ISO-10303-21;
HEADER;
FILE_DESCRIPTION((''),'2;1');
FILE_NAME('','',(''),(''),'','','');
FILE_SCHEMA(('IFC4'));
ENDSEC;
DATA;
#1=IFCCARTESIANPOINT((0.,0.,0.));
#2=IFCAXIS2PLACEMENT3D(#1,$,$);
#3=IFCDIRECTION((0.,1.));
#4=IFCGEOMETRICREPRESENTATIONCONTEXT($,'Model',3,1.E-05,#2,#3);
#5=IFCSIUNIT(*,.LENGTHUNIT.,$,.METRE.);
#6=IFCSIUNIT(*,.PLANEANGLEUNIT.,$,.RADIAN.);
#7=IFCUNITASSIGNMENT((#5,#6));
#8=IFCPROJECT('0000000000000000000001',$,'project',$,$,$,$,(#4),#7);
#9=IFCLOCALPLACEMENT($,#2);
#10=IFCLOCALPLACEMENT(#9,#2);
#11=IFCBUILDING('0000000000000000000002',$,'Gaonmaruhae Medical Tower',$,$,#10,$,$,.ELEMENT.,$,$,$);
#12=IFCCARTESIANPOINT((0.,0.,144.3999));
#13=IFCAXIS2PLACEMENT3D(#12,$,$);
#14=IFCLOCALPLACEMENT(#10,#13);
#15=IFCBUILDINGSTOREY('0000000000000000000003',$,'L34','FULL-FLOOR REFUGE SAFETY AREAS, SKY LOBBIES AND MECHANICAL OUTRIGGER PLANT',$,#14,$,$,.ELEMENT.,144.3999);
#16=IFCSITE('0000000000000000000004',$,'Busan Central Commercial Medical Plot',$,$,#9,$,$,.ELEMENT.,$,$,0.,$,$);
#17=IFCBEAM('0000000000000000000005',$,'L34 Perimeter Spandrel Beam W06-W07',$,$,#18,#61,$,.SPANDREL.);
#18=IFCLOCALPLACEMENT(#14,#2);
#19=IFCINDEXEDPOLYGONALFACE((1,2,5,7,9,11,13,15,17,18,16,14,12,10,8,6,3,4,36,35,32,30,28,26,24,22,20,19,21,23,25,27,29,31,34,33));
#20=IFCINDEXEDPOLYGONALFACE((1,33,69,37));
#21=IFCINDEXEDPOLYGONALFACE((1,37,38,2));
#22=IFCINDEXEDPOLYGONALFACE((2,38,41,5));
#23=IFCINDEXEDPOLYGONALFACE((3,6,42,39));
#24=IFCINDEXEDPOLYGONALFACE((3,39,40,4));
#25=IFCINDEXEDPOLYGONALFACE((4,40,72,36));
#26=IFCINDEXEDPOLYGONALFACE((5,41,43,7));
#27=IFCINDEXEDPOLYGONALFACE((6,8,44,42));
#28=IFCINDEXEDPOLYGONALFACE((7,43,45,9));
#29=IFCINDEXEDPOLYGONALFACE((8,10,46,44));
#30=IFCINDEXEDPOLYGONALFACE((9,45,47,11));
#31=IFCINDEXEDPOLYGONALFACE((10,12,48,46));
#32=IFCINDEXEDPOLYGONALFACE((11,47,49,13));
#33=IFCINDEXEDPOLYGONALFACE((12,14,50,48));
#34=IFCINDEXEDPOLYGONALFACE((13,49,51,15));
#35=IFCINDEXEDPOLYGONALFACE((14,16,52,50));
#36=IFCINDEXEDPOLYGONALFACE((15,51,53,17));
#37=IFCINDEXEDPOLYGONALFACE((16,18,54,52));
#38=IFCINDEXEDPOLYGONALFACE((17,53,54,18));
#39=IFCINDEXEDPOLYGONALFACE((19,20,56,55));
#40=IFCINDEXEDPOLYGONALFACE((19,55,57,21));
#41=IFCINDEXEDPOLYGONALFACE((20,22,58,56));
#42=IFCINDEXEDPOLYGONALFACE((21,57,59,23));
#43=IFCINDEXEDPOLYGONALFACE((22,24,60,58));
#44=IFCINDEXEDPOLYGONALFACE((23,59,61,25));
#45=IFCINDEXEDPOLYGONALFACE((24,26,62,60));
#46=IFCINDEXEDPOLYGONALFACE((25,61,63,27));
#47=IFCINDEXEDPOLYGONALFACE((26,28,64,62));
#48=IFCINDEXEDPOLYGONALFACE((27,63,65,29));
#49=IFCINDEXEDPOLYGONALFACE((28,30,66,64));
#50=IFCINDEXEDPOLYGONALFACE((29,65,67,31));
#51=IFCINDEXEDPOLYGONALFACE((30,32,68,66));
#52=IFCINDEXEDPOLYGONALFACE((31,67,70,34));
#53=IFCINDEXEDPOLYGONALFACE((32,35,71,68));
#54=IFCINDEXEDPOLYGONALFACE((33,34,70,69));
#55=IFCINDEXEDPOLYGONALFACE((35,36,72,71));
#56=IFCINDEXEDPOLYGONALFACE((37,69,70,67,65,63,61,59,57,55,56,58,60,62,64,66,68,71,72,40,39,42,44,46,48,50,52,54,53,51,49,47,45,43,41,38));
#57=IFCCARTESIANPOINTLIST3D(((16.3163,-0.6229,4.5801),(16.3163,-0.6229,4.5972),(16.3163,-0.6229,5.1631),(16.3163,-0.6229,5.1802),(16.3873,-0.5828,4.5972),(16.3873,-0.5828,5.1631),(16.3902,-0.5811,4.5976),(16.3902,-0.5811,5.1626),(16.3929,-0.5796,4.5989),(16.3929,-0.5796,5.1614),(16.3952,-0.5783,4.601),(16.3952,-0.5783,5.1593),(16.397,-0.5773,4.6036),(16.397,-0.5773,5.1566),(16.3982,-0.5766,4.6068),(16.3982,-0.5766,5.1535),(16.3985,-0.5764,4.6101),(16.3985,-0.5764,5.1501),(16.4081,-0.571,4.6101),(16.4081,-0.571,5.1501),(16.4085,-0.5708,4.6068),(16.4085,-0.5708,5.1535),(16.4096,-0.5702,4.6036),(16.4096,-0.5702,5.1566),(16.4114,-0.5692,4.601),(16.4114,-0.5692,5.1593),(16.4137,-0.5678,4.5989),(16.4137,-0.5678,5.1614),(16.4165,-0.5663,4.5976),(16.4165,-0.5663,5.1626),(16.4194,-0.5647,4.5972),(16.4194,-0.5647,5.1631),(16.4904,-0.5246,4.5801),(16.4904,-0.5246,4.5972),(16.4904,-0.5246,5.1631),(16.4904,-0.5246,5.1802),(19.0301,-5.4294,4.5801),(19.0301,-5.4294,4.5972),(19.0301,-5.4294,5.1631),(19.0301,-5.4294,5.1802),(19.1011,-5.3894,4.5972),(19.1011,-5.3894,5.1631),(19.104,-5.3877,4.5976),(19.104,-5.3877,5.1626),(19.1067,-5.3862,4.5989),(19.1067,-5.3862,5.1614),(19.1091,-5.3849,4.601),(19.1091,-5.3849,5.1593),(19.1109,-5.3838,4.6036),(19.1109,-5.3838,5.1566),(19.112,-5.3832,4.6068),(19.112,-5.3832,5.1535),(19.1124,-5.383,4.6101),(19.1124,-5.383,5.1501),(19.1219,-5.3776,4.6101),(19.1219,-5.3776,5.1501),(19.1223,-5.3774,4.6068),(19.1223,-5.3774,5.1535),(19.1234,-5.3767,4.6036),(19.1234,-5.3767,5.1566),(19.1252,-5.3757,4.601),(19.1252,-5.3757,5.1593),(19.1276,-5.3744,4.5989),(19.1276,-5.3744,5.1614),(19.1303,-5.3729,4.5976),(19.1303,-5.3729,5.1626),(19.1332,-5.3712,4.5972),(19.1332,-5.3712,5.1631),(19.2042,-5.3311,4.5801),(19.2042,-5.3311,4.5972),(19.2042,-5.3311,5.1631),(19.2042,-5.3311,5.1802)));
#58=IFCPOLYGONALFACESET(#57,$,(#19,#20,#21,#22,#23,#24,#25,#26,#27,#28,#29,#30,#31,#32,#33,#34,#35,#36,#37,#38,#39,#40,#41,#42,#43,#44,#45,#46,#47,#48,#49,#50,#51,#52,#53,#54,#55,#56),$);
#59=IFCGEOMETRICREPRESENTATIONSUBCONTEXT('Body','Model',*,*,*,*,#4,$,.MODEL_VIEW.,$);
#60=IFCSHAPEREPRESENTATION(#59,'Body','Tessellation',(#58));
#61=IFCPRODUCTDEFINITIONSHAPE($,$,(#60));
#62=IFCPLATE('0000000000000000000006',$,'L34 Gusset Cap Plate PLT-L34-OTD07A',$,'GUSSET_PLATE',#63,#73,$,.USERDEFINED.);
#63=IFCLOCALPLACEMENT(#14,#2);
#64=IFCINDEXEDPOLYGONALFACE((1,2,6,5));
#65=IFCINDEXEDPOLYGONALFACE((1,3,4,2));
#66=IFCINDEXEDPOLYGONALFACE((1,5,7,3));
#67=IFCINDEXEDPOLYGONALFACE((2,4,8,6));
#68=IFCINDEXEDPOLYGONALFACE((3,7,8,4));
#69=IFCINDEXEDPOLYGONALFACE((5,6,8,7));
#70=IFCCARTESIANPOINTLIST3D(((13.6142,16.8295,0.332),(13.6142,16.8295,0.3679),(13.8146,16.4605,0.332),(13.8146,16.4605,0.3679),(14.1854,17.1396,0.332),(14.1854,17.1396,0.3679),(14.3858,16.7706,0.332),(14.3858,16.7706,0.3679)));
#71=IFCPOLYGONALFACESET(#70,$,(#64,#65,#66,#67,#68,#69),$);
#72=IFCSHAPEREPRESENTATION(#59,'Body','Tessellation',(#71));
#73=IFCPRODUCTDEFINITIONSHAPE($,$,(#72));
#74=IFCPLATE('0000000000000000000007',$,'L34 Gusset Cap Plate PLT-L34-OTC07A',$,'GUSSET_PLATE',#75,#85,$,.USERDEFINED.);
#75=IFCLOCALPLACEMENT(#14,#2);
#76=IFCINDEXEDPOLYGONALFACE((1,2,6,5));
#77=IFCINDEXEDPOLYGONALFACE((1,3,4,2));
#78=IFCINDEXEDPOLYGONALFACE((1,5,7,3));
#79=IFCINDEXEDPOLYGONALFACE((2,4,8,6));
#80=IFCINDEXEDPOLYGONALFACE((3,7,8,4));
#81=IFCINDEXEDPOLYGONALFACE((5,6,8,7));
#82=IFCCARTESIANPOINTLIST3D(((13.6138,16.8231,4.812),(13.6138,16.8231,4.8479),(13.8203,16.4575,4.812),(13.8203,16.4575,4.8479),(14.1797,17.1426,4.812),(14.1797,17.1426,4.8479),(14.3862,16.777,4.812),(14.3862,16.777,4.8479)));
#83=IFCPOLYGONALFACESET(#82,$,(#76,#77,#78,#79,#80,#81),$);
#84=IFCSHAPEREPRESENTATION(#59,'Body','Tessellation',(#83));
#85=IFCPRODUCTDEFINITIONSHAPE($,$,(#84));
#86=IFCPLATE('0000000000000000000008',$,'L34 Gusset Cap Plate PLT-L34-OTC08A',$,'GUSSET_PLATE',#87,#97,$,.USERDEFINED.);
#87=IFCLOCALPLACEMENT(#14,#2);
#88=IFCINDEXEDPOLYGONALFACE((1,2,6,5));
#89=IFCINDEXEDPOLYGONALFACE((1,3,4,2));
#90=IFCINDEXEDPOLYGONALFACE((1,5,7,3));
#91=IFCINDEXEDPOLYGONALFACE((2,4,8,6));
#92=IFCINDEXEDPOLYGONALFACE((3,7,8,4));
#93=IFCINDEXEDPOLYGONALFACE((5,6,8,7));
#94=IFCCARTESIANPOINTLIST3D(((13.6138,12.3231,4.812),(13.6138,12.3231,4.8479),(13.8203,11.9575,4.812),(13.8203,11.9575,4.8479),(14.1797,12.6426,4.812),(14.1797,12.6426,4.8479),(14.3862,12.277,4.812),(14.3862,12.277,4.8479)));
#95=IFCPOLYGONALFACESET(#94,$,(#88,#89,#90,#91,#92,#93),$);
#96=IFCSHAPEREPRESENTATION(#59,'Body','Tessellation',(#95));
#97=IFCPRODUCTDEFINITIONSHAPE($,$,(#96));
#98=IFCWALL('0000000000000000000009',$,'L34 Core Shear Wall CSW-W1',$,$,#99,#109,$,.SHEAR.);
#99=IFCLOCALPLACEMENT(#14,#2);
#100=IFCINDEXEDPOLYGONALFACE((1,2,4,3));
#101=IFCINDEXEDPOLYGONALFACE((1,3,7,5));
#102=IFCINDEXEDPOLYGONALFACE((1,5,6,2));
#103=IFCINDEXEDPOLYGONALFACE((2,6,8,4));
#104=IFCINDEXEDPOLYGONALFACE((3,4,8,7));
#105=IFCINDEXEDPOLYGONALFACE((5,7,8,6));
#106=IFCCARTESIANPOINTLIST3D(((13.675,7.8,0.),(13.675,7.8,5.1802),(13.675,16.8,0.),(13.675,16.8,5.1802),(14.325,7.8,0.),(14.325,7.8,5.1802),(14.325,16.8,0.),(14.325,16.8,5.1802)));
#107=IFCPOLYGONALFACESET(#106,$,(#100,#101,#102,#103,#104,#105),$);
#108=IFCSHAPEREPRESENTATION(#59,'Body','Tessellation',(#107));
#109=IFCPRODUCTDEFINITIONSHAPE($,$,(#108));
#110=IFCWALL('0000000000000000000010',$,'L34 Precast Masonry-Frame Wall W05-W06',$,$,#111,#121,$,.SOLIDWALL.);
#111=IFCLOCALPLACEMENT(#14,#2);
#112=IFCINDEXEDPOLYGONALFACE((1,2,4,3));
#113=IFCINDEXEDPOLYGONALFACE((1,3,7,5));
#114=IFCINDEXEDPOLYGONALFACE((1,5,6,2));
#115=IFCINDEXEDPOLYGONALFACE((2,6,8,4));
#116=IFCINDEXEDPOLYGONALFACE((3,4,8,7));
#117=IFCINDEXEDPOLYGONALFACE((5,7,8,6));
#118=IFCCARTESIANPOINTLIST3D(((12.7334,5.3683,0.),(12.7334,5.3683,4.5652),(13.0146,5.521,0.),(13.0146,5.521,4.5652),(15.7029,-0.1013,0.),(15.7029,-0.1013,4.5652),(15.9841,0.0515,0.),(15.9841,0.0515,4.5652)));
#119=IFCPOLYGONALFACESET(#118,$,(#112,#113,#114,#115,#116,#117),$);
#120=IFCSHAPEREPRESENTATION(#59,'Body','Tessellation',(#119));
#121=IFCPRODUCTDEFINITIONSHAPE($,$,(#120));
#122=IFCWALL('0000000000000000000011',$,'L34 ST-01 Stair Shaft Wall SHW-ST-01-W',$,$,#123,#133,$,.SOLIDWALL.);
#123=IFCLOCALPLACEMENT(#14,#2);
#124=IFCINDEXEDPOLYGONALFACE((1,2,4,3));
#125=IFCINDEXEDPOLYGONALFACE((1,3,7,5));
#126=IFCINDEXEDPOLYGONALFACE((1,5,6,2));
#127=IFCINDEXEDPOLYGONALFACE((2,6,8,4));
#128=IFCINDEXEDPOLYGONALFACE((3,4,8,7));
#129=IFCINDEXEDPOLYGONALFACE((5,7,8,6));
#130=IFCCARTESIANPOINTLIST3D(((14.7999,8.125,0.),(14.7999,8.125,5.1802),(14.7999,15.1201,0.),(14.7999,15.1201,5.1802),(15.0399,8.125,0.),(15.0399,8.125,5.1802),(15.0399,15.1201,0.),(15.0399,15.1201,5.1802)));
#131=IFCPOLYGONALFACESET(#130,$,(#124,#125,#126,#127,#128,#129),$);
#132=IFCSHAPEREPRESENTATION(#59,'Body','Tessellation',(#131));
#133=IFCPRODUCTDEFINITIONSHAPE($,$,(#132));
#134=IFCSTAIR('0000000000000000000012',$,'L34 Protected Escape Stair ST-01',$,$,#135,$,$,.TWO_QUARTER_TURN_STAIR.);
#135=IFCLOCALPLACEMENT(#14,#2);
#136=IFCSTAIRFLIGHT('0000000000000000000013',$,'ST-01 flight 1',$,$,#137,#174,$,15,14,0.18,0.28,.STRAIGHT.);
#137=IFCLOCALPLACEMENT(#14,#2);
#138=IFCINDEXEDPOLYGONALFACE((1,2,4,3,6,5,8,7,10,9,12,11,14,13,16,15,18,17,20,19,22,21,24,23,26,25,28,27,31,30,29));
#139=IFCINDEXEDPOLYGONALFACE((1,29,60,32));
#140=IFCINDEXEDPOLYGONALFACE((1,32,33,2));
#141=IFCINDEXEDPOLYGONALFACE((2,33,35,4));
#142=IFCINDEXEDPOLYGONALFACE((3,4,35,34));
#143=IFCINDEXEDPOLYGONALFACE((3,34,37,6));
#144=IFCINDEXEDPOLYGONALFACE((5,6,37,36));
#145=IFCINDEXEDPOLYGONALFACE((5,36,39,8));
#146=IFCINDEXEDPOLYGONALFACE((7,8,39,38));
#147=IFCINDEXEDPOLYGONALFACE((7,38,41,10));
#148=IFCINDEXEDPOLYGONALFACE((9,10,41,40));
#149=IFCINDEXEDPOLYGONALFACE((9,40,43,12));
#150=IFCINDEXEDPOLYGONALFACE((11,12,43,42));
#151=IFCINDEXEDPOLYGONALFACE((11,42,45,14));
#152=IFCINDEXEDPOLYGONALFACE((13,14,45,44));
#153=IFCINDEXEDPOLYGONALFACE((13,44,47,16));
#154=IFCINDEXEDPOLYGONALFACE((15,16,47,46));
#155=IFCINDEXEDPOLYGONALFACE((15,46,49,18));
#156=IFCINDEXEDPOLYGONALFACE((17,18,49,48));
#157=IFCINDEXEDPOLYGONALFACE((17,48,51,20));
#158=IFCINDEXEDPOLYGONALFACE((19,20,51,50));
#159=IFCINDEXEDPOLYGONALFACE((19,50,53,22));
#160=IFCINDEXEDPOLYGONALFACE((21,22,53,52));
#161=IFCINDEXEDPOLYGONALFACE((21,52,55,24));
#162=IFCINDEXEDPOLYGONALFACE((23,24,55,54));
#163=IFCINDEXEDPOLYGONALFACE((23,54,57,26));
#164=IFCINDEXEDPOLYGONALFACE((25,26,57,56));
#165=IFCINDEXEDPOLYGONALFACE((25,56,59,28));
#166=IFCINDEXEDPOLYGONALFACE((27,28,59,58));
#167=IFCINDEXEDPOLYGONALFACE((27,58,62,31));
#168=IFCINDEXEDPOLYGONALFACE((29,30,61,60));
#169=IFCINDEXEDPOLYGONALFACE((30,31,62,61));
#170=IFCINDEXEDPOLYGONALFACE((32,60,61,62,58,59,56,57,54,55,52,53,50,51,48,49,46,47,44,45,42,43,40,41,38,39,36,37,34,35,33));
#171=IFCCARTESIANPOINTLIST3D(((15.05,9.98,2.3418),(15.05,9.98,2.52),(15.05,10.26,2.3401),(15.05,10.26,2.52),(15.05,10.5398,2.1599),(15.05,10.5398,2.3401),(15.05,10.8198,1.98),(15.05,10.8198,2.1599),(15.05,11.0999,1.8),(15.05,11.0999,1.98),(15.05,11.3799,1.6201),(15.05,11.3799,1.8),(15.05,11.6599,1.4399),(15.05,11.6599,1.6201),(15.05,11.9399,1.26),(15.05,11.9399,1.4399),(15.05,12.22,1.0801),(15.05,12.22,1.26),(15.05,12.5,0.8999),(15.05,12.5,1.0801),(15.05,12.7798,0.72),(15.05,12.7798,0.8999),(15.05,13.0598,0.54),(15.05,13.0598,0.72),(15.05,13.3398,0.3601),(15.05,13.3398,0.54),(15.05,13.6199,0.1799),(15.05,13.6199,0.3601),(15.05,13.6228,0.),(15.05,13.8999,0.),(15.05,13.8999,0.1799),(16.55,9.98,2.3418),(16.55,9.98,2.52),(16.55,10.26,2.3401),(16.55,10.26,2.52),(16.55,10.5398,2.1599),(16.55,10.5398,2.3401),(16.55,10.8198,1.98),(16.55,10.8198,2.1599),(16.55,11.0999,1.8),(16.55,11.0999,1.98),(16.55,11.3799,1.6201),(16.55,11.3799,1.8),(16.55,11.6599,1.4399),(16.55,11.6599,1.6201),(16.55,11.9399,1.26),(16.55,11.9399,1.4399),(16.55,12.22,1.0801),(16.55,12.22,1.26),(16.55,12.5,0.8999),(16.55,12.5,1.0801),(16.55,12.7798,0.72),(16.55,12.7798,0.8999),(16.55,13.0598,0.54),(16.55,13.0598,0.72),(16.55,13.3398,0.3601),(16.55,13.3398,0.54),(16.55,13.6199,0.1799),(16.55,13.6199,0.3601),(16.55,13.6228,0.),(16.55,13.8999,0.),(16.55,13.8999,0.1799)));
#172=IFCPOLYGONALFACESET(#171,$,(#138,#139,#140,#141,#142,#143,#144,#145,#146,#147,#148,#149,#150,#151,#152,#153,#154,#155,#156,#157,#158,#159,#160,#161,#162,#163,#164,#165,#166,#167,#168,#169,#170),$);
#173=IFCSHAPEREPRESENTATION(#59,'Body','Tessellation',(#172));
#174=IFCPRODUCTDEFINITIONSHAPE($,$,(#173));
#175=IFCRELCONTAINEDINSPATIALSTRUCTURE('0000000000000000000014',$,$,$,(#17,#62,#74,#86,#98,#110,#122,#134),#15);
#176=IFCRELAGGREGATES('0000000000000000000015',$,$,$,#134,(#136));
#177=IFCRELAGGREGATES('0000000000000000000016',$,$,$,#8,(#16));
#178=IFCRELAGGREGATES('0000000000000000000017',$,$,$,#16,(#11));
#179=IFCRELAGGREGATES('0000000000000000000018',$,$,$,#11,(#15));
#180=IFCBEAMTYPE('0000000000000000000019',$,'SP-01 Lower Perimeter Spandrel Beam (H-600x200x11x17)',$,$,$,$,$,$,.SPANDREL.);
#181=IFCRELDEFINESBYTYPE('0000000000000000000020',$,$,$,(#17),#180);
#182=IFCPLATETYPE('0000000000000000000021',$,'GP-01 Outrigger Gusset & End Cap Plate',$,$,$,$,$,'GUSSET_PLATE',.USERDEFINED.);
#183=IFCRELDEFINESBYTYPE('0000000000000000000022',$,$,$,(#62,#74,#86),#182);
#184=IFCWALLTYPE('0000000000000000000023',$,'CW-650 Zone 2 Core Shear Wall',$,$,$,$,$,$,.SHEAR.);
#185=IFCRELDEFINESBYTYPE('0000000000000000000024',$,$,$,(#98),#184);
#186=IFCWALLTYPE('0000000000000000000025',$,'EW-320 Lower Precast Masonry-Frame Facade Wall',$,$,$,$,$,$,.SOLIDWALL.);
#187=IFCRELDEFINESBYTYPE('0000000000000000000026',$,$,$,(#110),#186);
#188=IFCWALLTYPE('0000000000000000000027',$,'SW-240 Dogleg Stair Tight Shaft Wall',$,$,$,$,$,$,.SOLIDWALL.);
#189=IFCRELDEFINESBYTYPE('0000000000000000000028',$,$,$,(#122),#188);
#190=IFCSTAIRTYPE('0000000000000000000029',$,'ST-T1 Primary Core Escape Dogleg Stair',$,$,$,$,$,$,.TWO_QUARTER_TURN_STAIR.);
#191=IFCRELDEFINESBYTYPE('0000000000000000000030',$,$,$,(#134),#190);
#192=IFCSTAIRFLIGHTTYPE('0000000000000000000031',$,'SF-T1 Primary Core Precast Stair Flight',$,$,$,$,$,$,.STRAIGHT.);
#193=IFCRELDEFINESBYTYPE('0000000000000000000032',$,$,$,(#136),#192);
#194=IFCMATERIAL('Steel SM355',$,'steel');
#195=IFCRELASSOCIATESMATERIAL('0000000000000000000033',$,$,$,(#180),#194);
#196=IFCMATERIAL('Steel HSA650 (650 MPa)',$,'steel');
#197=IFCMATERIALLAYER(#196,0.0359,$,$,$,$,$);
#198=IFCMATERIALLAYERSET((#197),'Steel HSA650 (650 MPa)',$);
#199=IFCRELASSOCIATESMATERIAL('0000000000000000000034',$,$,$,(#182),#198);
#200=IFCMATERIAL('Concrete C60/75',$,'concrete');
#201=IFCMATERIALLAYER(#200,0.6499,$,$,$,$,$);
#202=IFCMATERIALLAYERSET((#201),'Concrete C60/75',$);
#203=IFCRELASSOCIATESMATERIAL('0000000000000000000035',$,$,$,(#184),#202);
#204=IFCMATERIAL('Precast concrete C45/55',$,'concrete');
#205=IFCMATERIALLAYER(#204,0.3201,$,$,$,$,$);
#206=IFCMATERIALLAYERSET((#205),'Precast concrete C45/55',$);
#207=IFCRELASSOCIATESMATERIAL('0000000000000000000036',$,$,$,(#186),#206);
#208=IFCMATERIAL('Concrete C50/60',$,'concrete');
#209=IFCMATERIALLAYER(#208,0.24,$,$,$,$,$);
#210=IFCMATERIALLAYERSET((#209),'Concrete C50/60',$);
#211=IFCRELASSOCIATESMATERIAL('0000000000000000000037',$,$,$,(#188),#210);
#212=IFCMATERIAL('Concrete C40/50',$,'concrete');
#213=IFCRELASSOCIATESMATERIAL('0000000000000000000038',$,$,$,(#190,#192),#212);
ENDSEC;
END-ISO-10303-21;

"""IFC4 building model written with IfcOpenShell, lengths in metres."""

from ifc_helpers import new_model, si_unit, direction, frame, frame_2d, origin, origin_2d, place, context, subcontext, project, spatial, polyline, rectangle, i_section, outline, extrude, material, layer, layer_set, material_profile, profile_set, type_object, element, aggregate, save


model = new_model("IFC4")

# Units and contexts
model_context = context("Model", 3, precision=1e-05, world=origin(), true_north=direction((0.0, 1.0)))
body_context = subcontext(model_context, "Body", "Model", "MODEL_VIEW")
ifc_project = project(units=[si_unit("LENGTHUNIT", "METRE"), si_unit("PLANEANGLEUNIT", "RADIAN")], contexts=[model_context])

# Site, building, storey
site_placement = place(None, origin())
site = spatial("IfcSite", under=ifc_project, at=site_placement, Name="Busan Central Commercial Medical Plot", CompositionType="ELEMENT", RefElevation=0.0)
building_placement = place(site_placement, origin())
building = spatial("IfcBuilding", under=site, at=building_placement, Name="Gaonmaruhae Medical Tower", CompositionType="ELEMENT")
storey_placement = place(building_placement, frame((0.0, 0.0, 144.3999)))
storey = spatial("IfcBuildingStorey", under=building, at=storey_placement, Name="L34", Description="FULL-FLOOR REFUGE SAFETY AREAS, SKY LOBBIES AND MECHANICAL OUTRIGGER PLANT", CompositionType="ELEMENT", Elevation=144.3999)

# Shared definitions
ifc_material_1 = material(Name="Steel HSA650 (650 MPa)", Category="steel")
ifc_material_2 = material(Name="Concrete C60/75", Category="concrete")

# Beam
ifc_material_3 = material(Name="Steel SM355", Category="steel")
ifc_material_profile_1 = material_profile(ifc_material_3, i_section(OverallWidth=0.2, OverallDepth=0.6001, WebThickness=0.011, FlangeThickness=0.0171, FilletRadius=0.0129, at=origin_2d()), Name="H-600x200x11x17")
ifc_profile_set_1 = profile_set([ifc_material_profile_1], Name="Steel SM355")
beam_type_1 = type_object("IfcBeamType", Name="SP-01 Lower Perimeter Spandrel Beam (H-600x200x11x17)", PredefinedType="SPANDREL", material=ifc_profile_set_1)
beam_1_placement = place(storey_placement, frame((16.4033, -0.5737, 4.8801), z_axis=(0.491655, -0.87079, 0.0), x_axis=(0.87079, 0.491655, 0.0)))
element("IfcBeam", 1, at=beam_1_placement, inside=storey, type_object=beam_type_1, Name="L34 Perimeter Spandrel Beam W06-W07", PredefinedType="SPANDREL", context=body_context, shape_type="SweptSolid", body=[
    extrude(i_section(OverallWidth=0.2, OverallDepth=0.6001, WebThickness=0.011, FlangeThickness=0.0171, FilletRadius=0.0129, at=origin_2d()), origin(), (0.0, 0.0, 1.0), 5.5198),
])

# Plates
ifc_layer_1 = layer(ifc_material_1, 0.0359)
ifc_layer_set_1 = layer_set([ifc_layer_1], Name="Steel HSA650 (650 MPa)")
plate_type = type_object("IfcPlateType", Name="GP-01 Outrigger Gusset & End Cap Plate", ElementType="GUSSET_PLATE", PredefinedType="USERDEFINED", material=ifc_layer_set_1)
for number, where, z_axis, x_axis, name in (
    (2, (14.0, 16.8, 0.332), (0.0, 0.0, 1.0), (0.878817, 0.477159, 0.0), "L34 Gusset Cap Plate PLT-L34-OTD07A"),
    (3, (14.0, 16.8, 4.812), (0.0, 0.0, 1.0), (0.870785, 0.491664, 0.0), "L34 Gusset Cap Plate PLT-L34-OTC07A"),
    (4, (14.0, 12.3, 4.812), (0.0, 0.0, 1.0), (0.870785, 0.491664, 0.0), "L34 Gusset Cap Plate PLT-L34-OTC08A"),
):
    element("IfcPlate", number, at=place(storey_placement, frame(where, z_axis=z_axis, x_axis=x_axis)), inside=storey, type_object=plate_type, Name=name, ObjectType="GUSSET_PLATE", PredefinedType="USERDEFINED", context=body_context, shape_type="SweptSolid", body=[
        extrude(rectangle(XDim=0.6499, YDim=0.4199, at=origin_2d()), origin(), (0.0, 0.0, 1.0), 0.0359),
    ])

# Walls
ifc_layer_2 = layer(ifc_material_2, 0.6499)
ifc_layer_set_2 = layer_set([ifc_layer_2], Name="Concrete C60/75")
wall_type_1 = type_object("IfcWallType", Name="CW-650 Zone 2 Core Shear Wall", PredefinedType="SHEAR", material=ifc_layer_set_2)
wall_1_placement = place(storey_placement, frame((14.0, 16.8, 0.0), z_axis=(0.0, 0.0, 1.0), x_axis=(0.0, -1.0, 0.0)))
element("IfcWall", 5, at=wall_1_placement, inside=storey, type_object=wall_type_1, Name="L34 Core Shear Wall CSW-W1", PredefinedType="SHEAR", context=body_context, shape_type="SweptSolid", body=[
    extrude(rectangle(XDim=9.0, YDim=0.6499, at=frame_2d((4.5, 0.0))), origin(), (0.0, 0.0, 1.0), 5.1802),
])
ifc_material_4 = material(Name="Precast concrete C45/55", Category="concrete")
ifc_layer_3 = layer(ifc_material_4, 0.3201)
ifc_layer_set_3 = layer_set([ifc_layer_3], Name="Precast concrete C45/55")
wall_type_2 = type_object("IfcWallType", Name="EW-320 Lower Precast Masonry-Frame Facade Wall", PredefinedType="SOLIDWALL", material=ifc_layer_set_3)
wall_2_placement = place(storey_placement, frame((15.8435, -0.0249, 0.0), z_axis=(0.0, 0.0, 1.0), x_axis=(-0.477133, 0.878831, 0.0)))
element("IfcWall", 6, at=wall_2_placement, inside=storey, type_object=wall_type_2, Name="L34 Precast Masonry-Frame Wall W05-W06", PredefinedType="SOLIDWALL", context=body_context, shape_type="SweptSolid", body=[
    extrude(rectangle(XDim=6.2236, YDim=0.3201, at=frame_2d((3.1118, 0.0))), origin(), (0.0, 0.0, 1.0), 4.5652),
])

# Shared definitions
ifc_material_5 = material(Name="Concrete C50/60", Category="concrete")
ifc_layer_4 = layer(ifc_material_5, 0.24)
ifc_layer_set_4 = layer_set([ifc_layer_4], Name="Concrete C50/60")
wall_type_3 = type_object("IfcWallType", Name="SW-240 Dogleg Stair Tight Shaft Wall", PredefinedType="SOLIDWALL", material=ifc_layer_set_4)

# Wall
wall_3_placement = place(storey_placement, frame((14.9199, 8.125, 0.0), z_axis=(0.0, 0.0, 1.0), x_axis=(0.0, 1.0, 0.0)))
element("IfcWall", 7, at=wall_3_placement, inside=storey, type_object=wall_type_3, Name="L34 ST-01 Stair Shaft Wall SHW-ST-01-W", PredefinedType="SOLIDWALL", context=body_context, shape_type="SweptSolid", body=[
    extrude(rectangle(XDim=6.9951, YDim=0.24, at=frame_2d((3.4976, 0.0))), origin(), (0.0, 0.0, 1.0), 5.1802),
])

# Stair, stair flight
ifc_material_6 = material(Name="Concrete C40/50", Category="concrete")
stair_type = type_object("IfcStairType", Name="ST-T1 Primary Core Escape Dogleg Stair", PredefinedType="TWO_QUARTER_TURN_STAIR", material=ifc_material_6)
stair_placement = place(storey_placement, origin())
stair = element("IfcStair", 8, at=stair_placement, inside=storey, type_object=stair_type, Name="L34 Protected Escape Stair ST-01", PredefinedType="TWO_QUARTER_TURN_STAIR")
stair_flight_type = type_object("IfcStairFlightType", Name="SF-T1 Primary Core Precast Stair Flight", PredefinedType="STRAIGHT", material=ifc_material_6)
stair_flight_1_placement = place(storey_placement, frame((15.8, 13.8999, 0.0), z_axis=(0.0, 0.0, 1.0), x_axis=(0.0, -1.0, 0.0)))
stair_flight_1 = element("IfcStairFlight", 9, at=stair_flight_1_placement, type_object=stair_flight_type, Name="ST-01 flight 1", NumberOfRisers=15, NumberOfTreads=14, PredefinedType="STRAIGHT", RiserHeight=0.18, TreadLength=0.28, context=body_context, shape_type="SweptSolid", body=[
    extrude(outline(polyline([(0.0, 0.0), (0.0, 0.1799), (0.28, 0.1799), (0.28, 0.3601), (0.5601, 0.3601), (0.5601, 0.54), (0.8401, 0.54), (0.8401, 0.72), (1.1201, 0.72), (1.1201, 0.8999), (1.3999, 0.8999), (1.3999, 1.0801), (1.6799, 1.0801), (1.6799, 1.26), (1.96, 1.26), (1.96, 1.4399), (2.24, 1.4399), (2.24, 1.6201), (2.52, 1.6201), (2.52, 1.8), (2.8, 1.8), (2.8, 1.98), (3.0801, 1.98), (3.0801, 2.1599), (3.3601, 2.1599), (3.3601, 2.3401), (3.6399, 2.3401), (3.6399, 2.52), (3.9199, 2.52), (3.9199, 2.7), (3.9199, 2.3418), (0.2771, 0.0), (0.0, 0.0)])), frame((0.0, 0.75, 0.0), z_axis=(0.0, -1.0, 0.0), x_axis=(1.0, 0.0, 0.0)), (0.0, 0.0, 1.0), 1.5),
])
aggregate(stair, [stair_flight_1])

save(model, "model.ifc")
